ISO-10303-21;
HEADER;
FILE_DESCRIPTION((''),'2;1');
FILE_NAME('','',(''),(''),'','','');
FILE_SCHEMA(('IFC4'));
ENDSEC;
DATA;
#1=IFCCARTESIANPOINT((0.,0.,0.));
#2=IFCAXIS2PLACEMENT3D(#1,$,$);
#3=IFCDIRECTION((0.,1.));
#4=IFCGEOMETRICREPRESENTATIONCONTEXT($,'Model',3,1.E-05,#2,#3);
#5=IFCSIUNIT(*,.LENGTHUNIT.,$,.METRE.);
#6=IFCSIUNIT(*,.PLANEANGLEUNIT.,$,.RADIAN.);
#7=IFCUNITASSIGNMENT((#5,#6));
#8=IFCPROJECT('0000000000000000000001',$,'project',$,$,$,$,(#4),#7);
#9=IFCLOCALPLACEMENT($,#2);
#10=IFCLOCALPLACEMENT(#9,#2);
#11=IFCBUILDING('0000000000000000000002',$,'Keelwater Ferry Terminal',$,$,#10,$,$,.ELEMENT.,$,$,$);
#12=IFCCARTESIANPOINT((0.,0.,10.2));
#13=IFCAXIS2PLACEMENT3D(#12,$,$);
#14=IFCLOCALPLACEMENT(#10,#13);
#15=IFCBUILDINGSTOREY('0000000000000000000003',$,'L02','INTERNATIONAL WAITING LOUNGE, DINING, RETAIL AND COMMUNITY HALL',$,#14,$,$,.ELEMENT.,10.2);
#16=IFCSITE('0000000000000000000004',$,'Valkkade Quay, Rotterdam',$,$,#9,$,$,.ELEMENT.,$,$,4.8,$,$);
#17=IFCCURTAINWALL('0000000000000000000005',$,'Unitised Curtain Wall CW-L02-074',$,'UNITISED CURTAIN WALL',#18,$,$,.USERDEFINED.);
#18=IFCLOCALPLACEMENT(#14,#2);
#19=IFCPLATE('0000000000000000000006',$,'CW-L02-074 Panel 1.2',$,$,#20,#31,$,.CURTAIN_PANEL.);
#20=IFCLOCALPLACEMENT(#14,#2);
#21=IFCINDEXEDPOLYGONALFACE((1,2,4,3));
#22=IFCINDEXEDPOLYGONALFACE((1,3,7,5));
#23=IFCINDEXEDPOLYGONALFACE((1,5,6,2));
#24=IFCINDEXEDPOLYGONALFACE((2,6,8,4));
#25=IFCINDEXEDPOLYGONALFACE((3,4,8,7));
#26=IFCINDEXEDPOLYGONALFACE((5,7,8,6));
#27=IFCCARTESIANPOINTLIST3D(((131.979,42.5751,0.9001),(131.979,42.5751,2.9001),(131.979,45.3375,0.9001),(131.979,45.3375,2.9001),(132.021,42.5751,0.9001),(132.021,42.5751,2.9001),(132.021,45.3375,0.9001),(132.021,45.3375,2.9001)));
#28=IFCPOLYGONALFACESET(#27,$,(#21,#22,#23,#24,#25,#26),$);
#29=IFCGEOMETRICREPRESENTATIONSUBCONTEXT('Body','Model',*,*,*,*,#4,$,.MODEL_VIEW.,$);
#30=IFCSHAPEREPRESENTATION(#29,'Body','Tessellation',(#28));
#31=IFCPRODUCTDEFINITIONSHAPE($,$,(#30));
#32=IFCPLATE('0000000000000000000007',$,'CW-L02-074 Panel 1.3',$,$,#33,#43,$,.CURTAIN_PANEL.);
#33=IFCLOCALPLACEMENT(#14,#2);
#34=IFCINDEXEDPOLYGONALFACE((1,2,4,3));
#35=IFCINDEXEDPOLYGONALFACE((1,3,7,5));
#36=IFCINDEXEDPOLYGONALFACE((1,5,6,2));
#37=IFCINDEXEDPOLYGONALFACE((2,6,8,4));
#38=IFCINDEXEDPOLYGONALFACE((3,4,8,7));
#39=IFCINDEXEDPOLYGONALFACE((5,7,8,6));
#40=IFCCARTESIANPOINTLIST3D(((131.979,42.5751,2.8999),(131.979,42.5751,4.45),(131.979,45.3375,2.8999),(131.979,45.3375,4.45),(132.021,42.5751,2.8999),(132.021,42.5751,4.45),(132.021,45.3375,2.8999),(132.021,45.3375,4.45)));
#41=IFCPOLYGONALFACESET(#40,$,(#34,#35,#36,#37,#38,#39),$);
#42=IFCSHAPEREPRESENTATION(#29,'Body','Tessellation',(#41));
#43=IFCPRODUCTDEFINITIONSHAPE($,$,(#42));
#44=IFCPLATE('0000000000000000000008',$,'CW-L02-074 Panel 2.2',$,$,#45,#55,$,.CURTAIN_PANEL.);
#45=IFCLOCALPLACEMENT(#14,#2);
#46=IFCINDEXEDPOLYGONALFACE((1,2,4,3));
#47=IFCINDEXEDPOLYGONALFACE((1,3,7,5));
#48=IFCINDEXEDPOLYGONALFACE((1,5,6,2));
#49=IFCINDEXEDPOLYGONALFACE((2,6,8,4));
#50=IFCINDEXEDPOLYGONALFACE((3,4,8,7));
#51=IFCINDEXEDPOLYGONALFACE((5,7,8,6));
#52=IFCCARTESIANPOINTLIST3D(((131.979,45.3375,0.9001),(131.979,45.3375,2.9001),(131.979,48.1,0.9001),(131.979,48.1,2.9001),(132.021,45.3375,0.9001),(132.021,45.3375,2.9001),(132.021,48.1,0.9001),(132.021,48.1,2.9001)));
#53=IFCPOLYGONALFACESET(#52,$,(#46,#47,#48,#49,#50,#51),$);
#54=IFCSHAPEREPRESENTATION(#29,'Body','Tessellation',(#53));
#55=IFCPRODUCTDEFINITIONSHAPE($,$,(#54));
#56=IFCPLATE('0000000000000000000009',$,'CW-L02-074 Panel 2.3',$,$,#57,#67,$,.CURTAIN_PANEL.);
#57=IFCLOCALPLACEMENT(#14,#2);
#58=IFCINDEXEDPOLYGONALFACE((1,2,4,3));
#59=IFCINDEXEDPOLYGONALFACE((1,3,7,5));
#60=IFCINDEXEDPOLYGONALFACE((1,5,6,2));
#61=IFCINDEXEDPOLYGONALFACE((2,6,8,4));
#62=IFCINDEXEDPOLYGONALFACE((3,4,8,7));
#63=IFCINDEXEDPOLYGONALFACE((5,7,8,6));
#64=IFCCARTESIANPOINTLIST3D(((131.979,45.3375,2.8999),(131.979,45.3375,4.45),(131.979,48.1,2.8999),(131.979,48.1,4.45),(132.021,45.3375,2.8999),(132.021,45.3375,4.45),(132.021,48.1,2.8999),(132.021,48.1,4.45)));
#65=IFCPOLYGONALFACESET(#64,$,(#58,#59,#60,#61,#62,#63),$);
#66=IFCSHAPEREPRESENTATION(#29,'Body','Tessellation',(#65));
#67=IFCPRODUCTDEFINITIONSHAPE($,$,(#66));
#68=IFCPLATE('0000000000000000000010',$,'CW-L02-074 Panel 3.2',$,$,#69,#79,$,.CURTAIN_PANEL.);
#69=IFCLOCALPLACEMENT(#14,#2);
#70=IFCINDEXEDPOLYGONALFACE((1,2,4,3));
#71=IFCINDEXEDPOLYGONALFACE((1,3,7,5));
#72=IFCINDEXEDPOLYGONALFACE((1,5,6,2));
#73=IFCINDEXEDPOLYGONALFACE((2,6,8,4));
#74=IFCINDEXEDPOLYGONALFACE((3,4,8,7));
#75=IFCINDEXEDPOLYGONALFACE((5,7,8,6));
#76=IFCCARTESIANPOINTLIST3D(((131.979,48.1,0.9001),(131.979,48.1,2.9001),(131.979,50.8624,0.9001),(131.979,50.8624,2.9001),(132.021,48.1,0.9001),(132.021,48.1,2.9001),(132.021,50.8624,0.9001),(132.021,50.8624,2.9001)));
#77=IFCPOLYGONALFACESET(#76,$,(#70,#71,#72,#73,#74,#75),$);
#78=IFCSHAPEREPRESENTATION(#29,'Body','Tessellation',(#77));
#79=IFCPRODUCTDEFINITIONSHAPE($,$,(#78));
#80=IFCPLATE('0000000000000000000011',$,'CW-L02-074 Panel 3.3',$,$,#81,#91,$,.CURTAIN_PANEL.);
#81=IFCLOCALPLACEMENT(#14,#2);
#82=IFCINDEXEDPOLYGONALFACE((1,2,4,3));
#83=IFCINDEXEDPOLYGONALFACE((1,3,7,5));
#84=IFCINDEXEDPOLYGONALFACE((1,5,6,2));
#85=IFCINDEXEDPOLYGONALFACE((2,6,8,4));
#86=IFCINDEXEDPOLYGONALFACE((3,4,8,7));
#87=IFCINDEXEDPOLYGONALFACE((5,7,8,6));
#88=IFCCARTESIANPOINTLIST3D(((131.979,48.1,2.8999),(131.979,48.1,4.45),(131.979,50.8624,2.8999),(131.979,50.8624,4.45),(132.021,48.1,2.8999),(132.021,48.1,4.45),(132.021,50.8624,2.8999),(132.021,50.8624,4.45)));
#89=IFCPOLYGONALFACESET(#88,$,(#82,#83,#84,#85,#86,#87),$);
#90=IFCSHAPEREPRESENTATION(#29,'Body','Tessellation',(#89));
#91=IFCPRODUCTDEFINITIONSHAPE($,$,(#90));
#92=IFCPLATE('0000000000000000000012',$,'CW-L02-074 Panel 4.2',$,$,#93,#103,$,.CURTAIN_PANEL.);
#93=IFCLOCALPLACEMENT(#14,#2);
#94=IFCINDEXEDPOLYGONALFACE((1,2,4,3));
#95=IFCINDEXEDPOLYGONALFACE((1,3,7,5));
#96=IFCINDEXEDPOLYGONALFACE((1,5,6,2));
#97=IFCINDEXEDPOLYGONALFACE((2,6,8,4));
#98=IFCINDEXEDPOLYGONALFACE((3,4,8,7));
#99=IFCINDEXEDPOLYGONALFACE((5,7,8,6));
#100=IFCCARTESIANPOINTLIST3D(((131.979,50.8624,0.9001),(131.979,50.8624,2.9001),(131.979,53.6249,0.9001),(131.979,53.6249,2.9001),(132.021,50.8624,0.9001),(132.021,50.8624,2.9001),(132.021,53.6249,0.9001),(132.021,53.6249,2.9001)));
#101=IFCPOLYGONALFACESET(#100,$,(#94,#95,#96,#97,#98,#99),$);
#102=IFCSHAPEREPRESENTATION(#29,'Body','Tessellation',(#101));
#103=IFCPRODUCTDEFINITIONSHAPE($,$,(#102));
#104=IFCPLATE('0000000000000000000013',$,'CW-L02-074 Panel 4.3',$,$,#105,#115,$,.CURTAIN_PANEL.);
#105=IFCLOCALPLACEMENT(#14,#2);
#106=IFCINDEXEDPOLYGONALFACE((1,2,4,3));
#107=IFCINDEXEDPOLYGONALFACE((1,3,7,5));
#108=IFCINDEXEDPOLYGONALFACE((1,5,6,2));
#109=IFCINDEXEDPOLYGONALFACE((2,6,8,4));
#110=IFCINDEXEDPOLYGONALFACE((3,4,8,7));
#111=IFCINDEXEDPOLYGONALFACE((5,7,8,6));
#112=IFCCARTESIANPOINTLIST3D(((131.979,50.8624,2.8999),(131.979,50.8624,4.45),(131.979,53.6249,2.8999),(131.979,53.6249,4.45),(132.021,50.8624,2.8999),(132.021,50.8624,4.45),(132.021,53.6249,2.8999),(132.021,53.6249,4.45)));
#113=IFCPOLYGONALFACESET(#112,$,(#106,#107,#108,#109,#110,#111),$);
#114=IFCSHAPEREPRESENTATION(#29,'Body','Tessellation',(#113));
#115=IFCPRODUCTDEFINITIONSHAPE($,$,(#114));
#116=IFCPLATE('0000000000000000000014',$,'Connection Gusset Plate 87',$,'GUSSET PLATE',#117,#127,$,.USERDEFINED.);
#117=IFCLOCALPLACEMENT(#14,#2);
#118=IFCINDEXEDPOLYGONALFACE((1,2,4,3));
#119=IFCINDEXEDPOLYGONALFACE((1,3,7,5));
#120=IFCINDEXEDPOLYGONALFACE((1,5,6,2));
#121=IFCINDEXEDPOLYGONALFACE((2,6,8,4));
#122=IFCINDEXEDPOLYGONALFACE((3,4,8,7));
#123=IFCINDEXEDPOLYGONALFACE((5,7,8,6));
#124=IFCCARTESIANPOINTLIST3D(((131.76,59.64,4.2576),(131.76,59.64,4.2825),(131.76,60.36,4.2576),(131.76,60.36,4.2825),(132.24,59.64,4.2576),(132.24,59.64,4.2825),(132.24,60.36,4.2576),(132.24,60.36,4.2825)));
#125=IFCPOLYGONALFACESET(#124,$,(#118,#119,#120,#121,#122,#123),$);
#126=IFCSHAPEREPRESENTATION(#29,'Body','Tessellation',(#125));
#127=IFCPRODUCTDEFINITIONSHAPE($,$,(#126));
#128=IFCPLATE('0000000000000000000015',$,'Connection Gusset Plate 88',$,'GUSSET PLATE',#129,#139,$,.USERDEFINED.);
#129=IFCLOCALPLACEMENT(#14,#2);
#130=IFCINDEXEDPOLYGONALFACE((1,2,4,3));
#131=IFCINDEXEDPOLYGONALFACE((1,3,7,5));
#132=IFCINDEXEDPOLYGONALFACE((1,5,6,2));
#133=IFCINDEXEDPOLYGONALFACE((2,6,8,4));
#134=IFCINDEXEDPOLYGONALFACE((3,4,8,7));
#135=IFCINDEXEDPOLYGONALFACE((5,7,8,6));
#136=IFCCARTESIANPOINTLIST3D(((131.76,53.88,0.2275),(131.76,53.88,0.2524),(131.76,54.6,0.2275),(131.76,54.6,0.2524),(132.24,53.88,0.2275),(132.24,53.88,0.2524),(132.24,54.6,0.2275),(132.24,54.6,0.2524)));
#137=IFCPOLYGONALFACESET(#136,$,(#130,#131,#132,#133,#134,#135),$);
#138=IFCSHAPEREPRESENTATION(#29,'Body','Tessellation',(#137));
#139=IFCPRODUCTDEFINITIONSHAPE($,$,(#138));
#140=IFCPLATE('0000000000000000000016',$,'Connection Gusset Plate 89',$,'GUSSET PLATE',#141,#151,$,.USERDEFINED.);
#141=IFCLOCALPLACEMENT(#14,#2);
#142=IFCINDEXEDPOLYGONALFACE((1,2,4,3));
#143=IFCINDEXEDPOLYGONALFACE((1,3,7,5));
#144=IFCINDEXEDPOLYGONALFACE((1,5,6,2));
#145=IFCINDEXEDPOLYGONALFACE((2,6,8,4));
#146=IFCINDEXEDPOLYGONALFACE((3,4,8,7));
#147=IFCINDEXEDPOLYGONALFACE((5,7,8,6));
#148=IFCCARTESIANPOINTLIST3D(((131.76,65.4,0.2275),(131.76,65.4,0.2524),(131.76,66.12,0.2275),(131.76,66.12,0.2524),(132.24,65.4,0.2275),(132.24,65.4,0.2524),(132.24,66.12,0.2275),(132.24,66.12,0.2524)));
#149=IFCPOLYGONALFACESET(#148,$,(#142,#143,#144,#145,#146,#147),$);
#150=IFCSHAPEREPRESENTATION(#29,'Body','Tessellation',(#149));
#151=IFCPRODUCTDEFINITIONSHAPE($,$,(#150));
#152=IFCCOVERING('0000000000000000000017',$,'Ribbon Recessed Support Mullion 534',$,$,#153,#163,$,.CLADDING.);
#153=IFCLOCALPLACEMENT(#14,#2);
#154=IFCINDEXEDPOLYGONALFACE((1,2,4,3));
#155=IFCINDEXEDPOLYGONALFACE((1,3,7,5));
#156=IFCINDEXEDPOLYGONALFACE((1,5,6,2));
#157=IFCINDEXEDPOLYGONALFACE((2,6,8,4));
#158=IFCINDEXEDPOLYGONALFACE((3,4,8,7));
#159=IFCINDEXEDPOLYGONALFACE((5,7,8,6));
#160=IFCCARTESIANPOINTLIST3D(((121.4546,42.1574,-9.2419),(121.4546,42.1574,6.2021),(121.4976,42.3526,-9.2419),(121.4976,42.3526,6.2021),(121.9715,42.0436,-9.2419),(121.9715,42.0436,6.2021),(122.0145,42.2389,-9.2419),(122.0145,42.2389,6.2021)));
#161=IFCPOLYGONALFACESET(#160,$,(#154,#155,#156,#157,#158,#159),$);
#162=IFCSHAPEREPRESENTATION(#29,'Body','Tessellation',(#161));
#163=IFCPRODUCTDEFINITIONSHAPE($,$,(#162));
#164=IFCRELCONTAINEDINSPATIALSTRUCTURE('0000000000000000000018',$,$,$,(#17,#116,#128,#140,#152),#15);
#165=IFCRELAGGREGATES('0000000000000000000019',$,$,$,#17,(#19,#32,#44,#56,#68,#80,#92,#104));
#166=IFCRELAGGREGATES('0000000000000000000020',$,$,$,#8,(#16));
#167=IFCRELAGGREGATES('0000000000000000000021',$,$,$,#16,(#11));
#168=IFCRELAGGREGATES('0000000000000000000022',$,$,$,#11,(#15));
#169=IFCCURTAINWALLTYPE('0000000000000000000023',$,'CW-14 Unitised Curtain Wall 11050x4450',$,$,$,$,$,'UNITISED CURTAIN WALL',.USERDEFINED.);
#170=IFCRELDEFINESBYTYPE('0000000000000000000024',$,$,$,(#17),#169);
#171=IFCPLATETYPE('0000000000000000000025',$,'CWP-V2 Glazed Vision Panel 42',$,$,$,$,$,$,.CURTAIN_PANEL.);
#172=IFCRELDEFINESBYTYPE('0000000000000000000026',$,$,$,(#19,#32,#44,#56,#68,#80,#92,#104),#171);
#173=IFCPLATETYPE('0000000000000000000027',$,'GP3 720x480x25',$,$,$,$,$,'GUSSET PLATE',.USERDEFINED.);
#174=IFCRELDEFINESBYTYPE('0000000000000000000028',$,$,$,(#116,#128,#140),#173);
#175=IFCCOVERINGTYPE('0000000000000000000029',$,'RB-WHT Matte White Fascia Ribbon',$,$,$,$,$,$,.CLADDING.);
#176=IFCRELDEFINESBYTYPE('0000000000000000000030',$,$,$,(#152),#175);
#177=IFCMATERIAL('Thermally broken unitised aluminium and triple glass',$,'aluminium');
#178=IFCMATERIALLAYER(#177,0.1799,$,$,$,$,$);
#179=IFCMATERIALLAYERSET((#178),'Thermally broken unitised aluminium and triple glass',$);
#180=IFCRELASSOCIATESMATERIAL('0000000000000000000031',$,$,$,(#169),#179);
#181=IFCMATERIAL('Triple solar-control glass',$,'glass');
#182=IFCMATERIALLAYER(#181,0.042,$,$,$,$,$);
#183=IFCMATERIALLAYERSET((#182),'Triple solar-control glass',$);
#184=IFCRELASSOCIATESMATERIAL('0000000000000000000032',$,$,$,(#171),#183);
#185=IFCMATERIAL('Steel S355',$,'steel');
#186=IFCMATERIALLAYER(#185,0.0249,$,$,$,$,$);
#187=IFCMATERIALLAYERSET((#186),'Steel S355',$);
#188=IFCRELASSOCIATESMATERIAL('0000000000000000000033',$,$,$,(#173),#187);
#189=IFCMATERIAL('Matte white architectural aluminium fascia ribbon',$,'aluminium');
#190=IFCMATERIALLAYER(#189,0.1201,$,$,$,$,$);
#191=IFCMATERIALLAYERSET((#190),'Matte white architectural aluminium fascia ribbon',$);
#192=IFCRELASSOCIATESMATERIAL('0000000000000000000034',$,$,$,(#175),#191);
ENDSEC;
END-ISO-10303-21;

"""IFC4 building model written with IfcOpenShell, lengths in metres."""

from ifc_helpers import new_model, si_unit, direction, frame, origin, origin_2d, place, context, subcontext, project, spatial, polyline, rectangle, outline, extrude, material, layer, layer_set, type_object, element, aggregate, save


model = new_model("IFC4")

# Units and contexts
model_context = context("Model", 3, precision=1e-05, world=origin(), true_north=direction((0.0, 1.0)))
body_context = subcontext(model_context, "Body", "Model", "MODEL_VIEW")
ifc_project = project(units=[si_unit("LENGTHUNIT", "METRE"), si_unit("PLANEANGLEUNIT", "RADIAN")], contexts=[model_context])

# Site, building, storey
site_placement = place(None, origin())
site = spatial("IfcSite", under=ifc_project, at=site_placement, Name="Valkkade Quay, Rotterdam", CompositionType="ELEMENT", RefElevation=4.8)
building_placement = place(site_placement, origin())
building = spatial("IfcBuilding", under=site, at=building_placement, Name="Keelwater Ferry Terminal", CompositionType="ELEMENT")
storey_placement = place(building_placement, frame((0.0, 0.0, 10.2)))
storey = spatial("IfcBuildingStorey", under=building, at=storey_placement, Name="L02", Description="INTERNATIONAL WAITING LOUNGE, DINING, RETAIL AND COMMUNITY HALL", CompositionType="ELEMENT", Elevation=10.2)

# Curtain wall
ifc_material_1 = material(Name="Thermally broken unitised aluminium and triple glass", Category="aluminium")
ifc_layer_1 = layer(ifc_material_1, 0.1799)
ifc_layer_set_1 = layer_set([ifc_layer_1], Name="Thermally broken unitised aluminium and triple glass")
curtain_wall_type = type_object("IfcCurtainWallType", Name="CW-14 Unitised Curtain Wall 11050x4450", ElementType="UNITISED CURTAIN WALL", PredefinedType="USERDEFINED", material=ifc_layer_set_1)
curtain_wall_placement = place(storey_placement, origin())
curtain_wall = element("IfcCurtainWall", 1, at=curtain_wall_placement, inside=storey, type_object=curtain_wall_type, Name="Unitised Curtain Wall CW-L02-074", ObjectType="UNITISED CURTAIN WALL", PredefinedType="USERDEFINED")

# Plates
ifc_material_2 = material(Name="Triple solar-control glass", Category="glass")
ifc_layer_2 = layer(ifc_material_2, 0.042)
ifc_layer_set_2 = layer_set([ifc_layer_2], Name="Triple solar-control glass")
plate_type_1 = type_object("IfcPlateType", Name="CWP-V2 Glazed Vision Panel 42", PredefinedType="CURTAIN_PANEL", material=ifc_layer_set_2)
plate_1_placement = place(storey_placement, frame((132.0, 43.9563, 0.9001), z_axis=(0.0, 0.0, 1.0), x_axis=(0.0, 1.0, 0.0)))
plate_1 = element("IfcPlate", 2, at=plate_1_placement, type_object=plate_type_1, Name="CW-L02-074 Panel 1.2", PredefinedType="CURTAIN_PANEL", context=body_context, shape_type="SweptSolid", body=[
    extrude(rectangle(XDim=2.7625, YDim=0.042, at=origin_2d()), origin(), (0.0, 0.0, 1.0), 2.0),
])
plate_2_placement = place(storey_placement, frame((132.0, 43.9563, 2.8999), z_axis=(0.0, 0.0, 1.0), x_axis=(0.0, 1.0, 0.0)))
plate_2 = element("IfcPlate", 3, at=plate_2_placement, type_object=plate_type_1, Name="CW-L02-074 Panel 1.3", PredefinedType="CURTAIN_PANEL", context=body_context, shape_type="SweptSolid", body=[
    extrude(rectangle(XDim=2.7625, YDim=0.042, at=origin_2d()), origin(), (0.0, 0.0, 1.0), 1.55),
])
plate_3_placement = place(storey_placement, frame((132.0, 46.7188, 0.9001), z_axis=(0.0, 0.0, 1.0), x_axis=(0.0, 1.0, 0.0)))
plate_3 = element("IfcPlate", 4, at=plate_3_placement, type_object=plate_type_1, Name="CW-L02-074 Panel 2.2", PredefinedType="CURTAIN_PANEL", context=body_context, shape_type="SweptSolid", body=[
    extrude(rectangle(XDim=2.7625, YDim=0.042, at=origin_2d()), origin(), (0.0, 0.0, 1.0), 2.0),
])
plate_4_placement = place(storey_placement, frame((132.0, 46.7188, 2.8999), z_axis=(0.0, 0.0, 1.0), x_axis=(0.0, 1.0, 0.0)))
plate_4 = element("IfcPlate", 5, at=plate_4_placement, type_object=plate_type_1, Name="CW-L02-074 Panel 2.3", PredefinedType="CURTAIN_PANEL", context=body_context, shape_type="SweptSolid", body=[
    extrude(rectangle(XDim=2.7625, YDim=0.042, at=origin_2d()), origin(), (0.0, 0.0, 1.0), 1.55),
])
plate_5_placement = place(storey_placement, frame((132.0, 49.4812, 0.9001), z_axis=(0.0, 0.0, 1.0), x_axis=(0.0, 1.0, 0.0)))
plate_5 = element("IfcPlate", 6, at=plate_5_placement, type_object=plate_type_1, Name="CW-L02-074 Panel 3.2", PredefinedType="CURTAIN_PANEL", context=body_context, shape_type="SweptSolid", body=[
    extrude(rectangle(XDim=2.7625, YDim=0.042, at=origin_2d()), origin(), (0.0, 0.0, 1.0), 2.0),
])
plate_6_placement = place(storey_placement, frame((132.0, 49.4812, 2.8999), z_axis=(0.0, 0.0, 1.0), x_axis=(0.0, 1.0, 0.0)))
plate_6 = element("IfcPlate", 7, at=plate_6_placement, type_object=plate_type_1, Name="CW-L02-074 Panel 3.3", PredefinedType="CURTAIN_PANEL", context=body_context, shape_type="SweptSolid", body=[
    extrude(rectangle(XDim=2.7625, YDim=0.042, at=origin_2d()), origin(), (0.0, 0.0, 1.0), 1.55),
])
plate_7_placement = place(storey_placement, frame((132.0, 52.2437, 0.9001), z_axis=(0.0, 0.0, 1.0), x_axis=(0.0, 1.0, 0.0)))
plate_7 = element("IfcPlate", 8, at=plate_7_placement, type_object=plate_type_1, Name="CW-L02-074 Panel 4.2", PredefinedType="CURTAIN_PANEL", context=body_context, shape_type="SweptSolid", body=[
    extrude(rectangle(XDim=2.7625, YDim=0.042, at=origin_2d()), origin(), (0.0, 0.0, 1.0), 2.0),
])
plate_8_placement = place(storey_placement, frame((132.0, 52.2437, 2.8999), z_axis=(0.0, 0.0, 1.0), x_axis=(0.0, 1.0, 0.0)))
plate_8 = element("IfcPlate", 9, at=plate_8_placement, type_object=plate_type_1, Name="CW-L02-074 Panel 4.3", PredefinedType="CURTAIN_PANEL", context=body_context, shape_type="SweptSolid", body=[
    extrude(rectangle(XDim=2.7625, YDim=0.042, at=origin_2d()), origin(), (0.0, 0.0, 1.0), 1.55),
])
aggregate(curtain_wall, [plate_1, plate_2, plate_3, plate_4, plate_5, plate_6, plate_7, plate_8])

# Plates
ifc_material_3 = material(Name="Steel S355", Category="steel")
ifc_layer_3 = layer(ifc_material_3, 0.0249)
ifc_layer_set_3 = layer_set([ifc_layer_3], Name="Steel S355")
plate_type_2 = type_object("IfcPlateType", Name="GP3 720x480x25", ElementType="GUSSET PLATE", PredefinedType="USERDEFINED", material=ifc_layer_set_3)
for number, where, z_axis, x_axis, name in (
    (10, (132.0, 60.0, 4.2576), (0.0, 0.0, 1.0), (0.0, 1.0, 0.0), "Connection Gusset Plate 87"),
    (11, (132.0, 54.24, 0.2275), (0.0, 0.0, 1.0), (0.0, 1.0, 0.0), "Connection Gusset Plate 88"),
    (12, (132.0, 65.76, 0.2275), (0.0, 0.0, 1.0), (0.0, 1.0, 0.0), "Connection Gusset Plate 89"),
):
    element("IfcPlate", number, at=place(storey_placement, frame(where, z_axis=z_axis, x_axis=x_axis)), inside=storey, type_object=plate_type_2, Name=name, ObjectType="GUSSET PLATE", PredefinedType="USERDEFINED", context=body_context, shape_type="SweptSolid", body=[
        extrude(rectangle(XDim=0.72, YDim=0.48, at=origin_2d()), origin(), (0.0, 0.0, 1.0), 0.0249),
    ])

# Covering
ifc_material_4 = material(Name="Matte white architectural aluminium fascia ribbon", Category="aluminium")
ifc_layer_4 = layer(ifc_material_4, 0.1201)
ifc_layer_set_4 = layer_set([ifc_layer_4], Name="Matte white architectural aluminium fascia ribbon")
covering_type = type_object("IfcCoveringType", Name="RB-WHT Matte White Fascia Ribbon", PredefinedType="CLADDING", material=ifc_layer_set_4)
covering_placement = place(storey_placement, frame((121.4761, 42.2549, -9.2419), z_axis=(0.0, 0.0, 1.0), x_axis=(0.976619, -0.214976, 0.0)))
element("IfcCovering", 13, at=covering_placement, inside=storey, type_object=covering_type, Name="Ribbon Recessed Support Mullion 534", PredefinedType="CLADDING", context=body_context, shape_type="SweptSolid", body=[
    extrude(outline(polyline([(0.0, 0.0), (0.5293, 0.0), (0.5293, 15.4441), (0.0, 15.4441), (0.0, 0.0)])), frame((0.0, 0.1001, 0.0), z_axis=(0.0, -1.0, 0.0), x_axis=(1.0, 0.0, 0.0)), (0.0, 0.0, 1.0), 0.2),
])

save(model, "model.ifc")
